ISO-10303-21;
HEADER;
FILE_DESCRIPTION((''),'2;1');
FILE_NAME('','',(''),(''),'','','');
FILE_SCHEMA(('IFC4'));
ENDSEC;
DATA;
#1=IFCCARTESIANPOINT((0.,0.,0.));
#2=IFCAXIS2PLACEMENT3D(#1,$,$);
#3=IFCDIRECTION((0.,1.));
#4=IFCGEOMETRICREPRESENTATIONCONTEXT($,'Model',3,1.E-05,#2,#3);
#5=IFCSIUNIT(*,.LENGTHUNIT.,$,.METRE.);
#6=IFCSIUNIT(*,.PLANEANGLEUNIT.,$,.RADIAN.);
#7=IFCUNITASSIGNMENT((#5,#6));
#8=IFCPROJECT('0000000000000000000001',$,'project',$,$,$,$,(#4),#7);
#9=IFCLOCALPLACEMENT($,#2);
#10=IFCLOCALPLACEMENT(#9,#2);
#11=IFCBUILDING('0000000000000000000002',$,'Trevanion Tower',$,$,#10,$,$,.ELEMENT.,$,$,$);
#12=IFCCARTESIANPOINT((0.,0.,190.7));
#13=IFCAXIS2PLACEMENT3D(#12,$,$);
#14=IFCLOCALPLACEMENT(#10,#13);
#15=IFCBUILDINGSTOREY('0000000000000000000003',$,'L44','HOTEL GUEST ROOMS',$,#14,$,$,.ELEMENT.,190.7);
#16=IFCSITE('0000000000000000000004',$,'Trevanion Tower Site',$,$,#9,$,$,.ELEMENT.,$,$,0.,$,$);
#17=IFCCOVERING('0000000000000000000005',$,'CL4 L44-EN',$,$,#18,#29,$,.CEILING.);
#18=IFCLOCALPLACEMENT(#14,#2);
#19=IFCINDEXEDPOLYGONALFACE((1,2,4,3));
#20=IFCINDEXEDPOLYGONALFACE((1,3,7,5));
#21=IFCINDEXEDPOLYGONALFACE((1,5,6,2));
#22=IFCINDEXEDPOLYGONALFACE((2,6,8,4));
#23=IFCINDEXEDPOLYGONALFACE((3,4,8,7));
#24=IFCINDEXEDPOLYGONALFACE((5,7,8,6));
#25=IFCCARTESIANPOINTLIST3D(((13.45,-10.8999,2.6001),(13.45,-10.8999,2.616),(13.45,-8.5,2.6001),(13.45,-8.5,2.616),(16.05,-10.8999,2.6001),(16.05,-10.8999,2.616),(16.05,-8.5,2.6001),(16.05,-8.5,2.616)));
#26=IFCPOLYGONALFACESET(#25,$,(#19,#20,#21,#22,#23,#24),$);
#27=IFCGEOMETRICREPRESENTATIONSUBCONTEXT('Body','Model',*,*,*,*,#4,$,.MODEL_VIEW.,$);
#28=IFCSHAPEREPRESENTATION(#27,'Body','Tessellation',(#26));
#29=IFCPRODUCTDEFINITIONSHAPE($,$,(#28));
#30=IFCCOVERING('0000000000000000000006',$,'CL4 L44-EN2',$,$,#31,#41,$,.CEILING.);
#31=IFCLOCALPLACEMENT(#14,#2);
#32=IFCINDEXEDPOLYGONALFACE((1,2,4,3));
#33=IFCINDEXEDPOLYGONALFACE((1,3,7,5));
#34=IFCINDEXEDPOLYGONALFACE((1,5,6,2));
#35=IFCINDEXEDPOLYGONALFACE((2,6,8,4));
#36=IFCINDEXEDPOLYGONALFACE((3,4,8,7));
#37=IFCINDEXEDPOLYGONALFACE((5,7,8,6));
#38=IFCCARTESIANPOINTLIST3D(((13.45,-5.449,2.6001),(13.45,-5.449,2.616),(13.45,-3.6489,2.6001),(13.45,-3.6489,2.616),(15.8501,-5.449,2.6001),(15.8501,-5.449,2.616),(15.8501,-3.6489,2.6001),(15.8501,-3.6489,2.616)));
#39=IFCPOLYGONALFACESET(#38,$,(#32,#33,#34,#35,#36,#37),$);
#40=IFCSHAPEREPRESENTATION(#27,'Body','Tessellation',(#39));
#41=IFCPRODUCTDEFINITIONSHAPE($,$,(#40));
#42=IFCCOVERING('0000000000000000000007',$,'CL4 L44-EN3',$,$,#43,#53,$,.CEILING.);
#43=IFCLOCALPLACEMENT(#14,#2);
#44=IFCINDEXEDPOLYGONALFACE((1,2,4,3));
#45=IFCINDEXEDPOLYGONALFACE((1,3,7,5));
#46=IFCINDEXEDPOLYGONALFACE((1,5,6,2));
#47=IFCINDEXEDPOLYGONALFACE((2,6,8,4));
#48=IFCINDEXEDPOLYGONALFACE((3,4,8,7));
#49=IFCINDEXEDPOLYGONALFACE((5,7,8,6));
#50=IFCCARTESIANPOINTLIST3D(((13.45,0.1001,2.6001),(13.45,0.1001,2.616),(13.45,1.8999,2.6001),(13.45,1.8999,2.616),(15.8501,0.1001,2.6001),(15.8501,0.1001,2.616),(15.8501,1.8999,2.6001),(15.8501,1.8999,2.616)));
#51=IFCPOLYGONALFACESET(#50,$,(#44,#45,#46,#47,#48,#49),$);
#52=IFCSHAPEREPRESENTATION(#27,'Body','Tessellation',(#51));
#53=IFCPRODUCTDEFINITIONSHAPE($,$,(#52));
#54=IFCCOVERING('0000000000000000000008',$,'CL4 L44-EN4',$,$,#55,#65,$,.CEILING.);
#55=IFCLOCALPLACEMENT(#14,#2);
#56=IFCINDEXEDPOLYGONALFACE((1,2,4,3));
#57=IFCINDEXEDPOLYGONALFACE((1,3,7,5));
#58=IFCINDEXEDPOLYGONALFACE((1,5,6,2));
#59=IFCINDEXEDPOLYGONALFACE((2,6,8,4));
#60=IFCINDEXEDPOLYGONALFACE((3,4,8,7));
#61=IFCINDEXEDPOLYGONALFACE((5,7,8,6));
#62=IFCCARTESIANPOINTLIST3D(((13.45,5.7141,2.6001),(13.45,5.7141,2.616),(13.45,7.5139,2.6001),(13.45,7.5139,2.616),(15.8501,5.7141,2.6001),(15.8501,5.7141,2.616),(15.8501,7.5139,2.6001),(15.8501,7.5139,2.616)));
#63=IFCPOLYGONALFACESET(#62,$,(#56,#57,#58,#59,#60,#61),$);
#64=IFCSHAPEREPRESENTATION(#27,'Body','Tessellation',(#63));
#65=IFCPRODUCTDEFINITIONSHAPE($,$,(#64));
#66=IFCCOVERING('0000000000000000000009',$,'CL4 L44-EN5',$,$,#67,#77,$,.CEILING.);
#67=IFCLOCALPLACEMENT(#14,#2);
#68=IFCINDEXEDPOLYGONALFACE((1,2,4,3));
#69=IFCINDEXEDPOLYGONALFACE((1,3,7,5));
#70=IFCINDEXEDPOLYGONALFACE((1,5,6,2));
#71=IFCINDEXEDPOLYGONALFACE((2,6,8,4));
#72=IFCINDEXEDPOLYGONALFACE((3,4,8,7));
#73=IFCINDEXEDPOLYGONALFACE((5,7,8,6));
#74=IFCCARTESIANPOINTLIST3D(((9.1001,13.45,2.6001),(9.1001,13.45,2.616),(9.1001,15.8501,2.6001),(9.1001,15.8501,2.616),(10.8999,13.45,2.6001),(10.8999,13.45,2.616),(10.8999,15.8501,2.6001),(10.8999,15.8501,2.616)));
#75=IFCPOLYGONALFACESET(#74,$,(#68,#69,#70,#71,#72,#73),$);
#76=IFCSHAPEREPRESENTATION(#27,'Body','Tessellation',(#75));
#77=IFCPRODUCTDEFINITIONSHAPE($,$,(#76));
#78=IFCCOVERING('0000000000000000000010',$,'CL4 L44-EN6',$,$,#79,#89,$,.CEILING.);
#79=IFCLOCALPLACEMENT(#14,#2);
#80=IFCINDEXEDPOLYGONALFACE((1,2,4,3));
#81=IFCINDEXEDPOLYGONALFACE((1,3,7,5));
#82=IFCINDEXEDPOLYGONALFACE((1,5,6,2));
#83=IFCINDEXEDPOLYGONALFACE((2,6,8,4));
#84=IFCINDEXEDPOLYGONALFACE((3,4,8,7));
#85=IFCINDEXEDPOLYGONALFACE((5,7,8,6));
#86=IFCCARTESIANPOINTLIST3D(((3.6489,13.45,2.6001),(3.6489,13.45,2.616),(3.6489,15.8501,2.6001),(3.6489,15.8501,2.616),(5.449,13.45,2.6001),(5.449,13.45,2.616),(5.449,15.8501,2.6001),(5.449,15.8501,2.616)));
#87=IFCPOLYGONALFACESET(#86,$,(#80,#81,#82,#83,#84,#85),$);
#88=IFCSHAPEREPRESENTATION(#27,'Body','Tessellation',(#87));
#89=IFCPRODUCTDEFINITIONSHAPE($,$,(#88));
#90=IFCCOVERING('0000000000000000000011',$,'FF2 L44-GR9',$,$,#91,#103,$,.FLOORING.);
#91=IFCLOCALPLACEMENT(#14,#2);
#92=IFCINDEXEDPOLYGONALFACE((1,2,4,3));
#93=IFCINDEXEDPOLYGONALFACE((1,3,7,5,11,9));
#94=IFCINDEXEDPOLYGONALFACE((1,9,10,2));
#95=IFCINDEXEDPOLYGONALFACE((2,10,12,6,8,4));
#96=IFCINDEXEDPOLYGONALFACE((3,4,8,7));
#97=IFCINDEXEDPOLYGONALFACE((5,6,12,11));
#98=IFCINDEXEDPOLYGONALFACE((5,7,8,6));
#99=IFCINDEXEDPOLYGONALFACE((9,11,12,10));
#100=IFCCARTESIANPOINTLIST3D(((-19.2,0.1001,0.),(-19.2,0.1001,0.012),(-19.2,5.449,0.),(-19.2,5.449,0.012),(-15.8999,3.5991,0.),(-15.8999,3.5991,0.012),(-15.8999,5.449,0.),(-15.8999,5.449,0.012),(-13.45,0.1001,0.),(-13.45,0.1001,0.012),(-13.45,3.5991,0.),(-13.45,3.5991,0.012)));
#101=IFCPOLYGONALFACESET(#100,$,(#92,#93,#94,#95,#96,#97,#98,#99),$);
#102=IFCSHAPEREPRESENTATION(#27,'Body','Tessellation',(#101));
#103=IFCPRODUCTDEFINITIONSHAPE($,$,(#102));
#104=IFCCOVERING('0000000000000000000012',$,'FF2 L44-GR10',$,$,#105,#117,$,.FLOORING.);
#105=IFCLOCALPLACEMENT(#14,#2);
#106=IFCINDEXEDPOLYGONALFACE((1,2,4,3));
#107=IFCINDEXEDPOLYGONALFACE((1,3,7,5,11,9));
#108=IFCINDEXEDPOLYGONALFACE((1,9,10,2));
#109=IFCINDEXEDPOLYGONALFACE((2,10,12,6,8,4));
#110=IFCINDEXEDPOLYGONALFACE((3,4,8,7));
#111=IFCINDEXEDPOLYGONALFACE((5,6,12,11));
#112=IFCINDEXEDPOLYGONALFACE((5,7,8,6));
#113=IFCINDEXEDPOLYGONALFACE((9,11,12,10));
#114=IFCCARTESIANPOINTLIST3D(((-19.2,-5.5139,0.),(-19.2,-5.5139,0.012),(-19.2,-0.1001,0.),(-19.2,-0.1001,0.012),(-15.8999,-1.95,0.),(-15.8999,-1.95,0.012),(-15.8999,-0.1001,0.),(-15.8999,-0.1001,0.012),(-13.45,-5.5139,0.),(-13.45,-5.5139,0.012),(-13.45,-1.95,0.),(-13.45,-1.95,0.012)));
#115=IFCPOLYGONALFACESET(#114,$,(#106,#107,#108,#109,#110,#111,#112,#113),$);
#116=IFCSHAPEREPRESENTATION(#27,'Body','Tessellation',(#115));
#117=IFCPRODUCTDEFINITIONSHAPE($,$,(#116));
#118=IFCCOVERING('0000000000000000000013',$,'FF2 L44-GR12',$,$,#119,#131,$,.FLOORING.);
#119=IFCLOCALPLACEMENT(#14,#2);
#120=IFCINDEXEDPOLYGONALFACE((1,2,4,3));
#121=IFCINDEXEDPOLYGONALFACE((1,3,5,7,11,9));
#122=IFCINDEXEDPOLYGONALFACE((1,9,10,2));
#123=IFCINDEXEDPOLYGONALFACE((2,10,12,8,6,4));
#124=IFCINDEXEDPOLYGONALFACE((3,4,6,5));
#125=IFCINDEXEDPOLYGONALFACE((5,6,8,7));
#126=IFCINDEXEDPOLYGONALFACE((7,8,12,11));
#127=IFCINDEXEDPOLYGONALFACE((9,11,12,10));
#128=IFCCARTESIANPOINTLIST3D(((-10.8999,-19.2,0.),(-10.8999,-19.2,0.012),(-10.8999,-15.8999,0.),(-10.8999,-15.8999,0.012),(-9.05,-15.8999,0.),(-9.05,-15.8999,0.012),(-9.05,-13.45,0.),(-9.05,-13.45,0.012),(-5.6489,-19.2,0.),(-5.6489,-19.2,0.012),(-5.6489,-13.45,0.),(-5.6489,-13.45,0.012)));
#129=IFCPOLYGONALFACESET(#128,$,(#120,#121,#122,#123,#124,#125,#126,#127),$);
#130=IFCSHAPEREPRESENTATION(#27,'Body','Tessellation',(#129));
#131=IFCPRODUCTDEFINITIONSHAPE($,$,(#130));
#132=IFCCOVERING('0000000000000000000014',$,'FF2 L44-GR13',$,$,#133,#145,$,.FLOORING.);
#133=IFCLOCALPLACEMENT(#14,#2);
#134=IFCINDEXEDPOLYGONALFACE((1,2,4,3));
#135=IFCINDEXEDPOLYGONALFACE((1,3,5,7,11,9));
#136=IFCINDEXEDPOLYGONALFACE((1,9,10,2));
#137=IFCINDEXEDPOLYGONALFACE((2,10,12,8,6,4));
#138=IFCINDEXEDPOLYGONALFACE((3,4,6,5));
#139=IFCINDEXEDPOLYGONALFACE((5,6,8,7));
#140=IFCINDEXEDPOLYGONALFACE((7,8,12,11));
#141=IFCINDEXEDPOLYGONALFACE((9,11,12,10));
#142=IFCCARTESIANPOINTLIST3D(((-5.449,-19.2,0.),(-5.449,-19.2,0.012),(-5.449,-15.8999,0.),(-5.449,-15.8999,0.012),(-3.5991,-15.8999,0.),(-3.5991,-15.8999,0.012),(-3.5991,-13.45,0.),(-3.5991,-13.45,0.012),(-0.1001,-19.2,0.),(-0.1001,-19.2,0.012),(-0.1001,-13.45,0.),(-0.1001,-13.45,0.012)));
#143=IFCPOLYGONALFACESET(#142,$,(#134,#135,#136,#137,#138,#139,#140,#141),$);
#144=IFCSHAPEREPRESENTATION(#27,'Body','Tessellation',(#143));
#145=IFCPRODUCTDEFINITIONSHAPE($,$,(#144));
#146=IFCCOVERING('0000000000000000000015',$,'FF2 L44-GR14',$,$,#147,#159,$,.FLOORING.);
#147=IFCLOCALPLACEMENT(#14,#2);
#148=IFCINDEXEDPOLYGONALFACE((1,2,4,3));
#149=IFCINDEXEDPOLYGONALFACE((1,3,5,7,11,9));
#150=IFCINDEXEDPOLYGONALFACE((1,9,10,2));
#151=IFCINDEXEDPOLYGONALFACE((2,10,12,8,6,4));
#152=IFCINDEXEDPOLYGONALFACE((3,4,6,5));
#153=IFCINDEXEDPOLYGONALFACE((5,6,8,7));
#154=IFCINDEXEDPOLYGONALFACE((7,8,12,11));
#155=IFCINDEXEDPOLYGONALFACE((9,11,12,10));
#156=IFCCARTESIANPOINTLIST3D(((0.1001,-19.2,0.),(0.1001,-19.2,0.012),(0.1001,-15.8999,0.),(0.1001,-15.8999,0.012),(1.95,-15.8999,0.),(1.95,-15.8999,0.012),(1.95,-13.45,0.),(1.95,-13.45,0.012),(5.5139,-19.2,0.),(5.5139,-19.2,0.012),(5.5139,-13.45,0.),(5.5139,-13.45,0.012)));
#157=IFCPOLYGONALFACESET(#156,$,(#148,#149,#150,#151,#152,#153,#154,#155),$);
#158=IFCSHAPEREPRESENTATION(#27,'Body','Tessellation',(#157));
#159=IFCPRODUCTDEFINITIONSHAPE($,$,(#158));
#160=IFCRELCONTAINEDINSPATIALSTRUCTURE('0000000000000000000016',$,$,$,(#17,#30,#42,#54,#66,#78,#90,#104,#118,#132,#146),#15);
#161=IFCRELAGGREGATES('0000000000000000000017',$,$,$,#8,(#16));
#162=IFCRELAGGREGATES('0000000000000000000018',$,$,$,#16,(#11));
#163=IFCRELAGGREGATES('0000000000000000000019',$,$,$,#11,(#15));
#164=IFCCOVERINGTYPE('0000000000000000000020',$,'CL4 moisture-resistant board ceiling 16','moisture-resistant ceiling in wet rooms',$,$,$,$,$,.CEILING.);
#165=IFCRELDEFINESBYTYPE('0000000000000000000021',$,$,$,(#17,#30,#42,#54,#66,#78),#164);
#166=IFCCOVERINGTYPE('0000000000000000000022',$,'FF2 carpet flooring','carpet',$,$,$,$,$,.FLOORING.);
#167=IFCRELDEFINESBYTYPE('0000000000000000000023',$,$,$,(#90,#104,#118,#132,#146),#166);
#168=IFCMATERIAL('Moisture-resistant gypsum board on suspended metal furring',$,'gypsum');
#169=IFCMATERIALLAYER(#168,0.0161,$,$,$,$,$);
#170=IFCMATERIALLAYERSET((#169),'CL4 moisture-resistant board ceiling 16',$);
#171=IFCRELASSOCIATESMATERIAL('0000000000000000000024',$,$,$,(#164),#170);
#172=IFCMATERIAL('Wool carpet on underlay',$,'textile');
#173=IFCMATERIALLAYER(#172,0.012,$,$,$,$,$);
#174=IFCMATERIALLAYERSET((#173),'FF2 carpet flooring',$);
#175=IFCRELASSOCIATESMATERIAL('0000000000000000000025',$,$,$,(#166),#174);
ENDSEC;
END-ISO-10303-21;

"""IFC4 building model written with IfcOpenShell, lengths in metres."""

from ifc_helpers import new_model, si_unit, direction, frame, origin, place, context, subcontext, project, spatial, polyline, outline, extrude, material, layer, layer_set, type_object, element, save


model = new_model("IFC4")

# Units and contexts
model_context = context("Model", 3, precision=1e-05, world=origin(), true_north=direction((0.0, 1.0)))
body_context = subcontext(model_context, "Body", "Model", "MODEL_VIEW")
ifc_project = project(units=[si_unit("LENGTHUNIT", "METRE"), si_unit("PLANEANGLEUNIT", "RADIAN")], contexts=[model_context])

# Site, building, storey
site_placement = place(None, origin())
site = spatial("IfcSite", under=ifc_project, at=site_placement, Name="Trevanion Tower Site", CompositionType="ELEMENT", RefElevation=0.0)
building_placement = place(site_placement, origin())
building = spatial("IfcBuilding", under=site, at=building_placement, Name="Trevanion Tower", CompositionType="ELEMENT")
storey_placement = place(building_placement, frame((0.0, 0.0, 190.7)))
storey = spatial("IfcBuildingStorey", under=building, at=storey_placement, Name="L44", Description="HOTEL GUEST ROOMS", CompositionType="ELEMENT", Elevation=190.7)

# Coverings
ifc_material_1 = material(Name="Moisture-resistant gypsum board on suspended metal furring", Category="gypsum")
ifc_layer_1 = layer(ifc_material_1, 0.0161)
ifc_layer_set_1 = layer_set([ifc_layer_1], Name="CL4 moisture-resistant board ceiling 16")
covering_type_1 = type_object("IfcCoveringType", Name="CL4 moisture-resistant board ceiling 16", Description="moisture-resistant ceiling in wet rooms", PredefinedType="CEILING", material=ifc_layer_set_1)
covering_1_placement = place(storey_placement, frame((0.0, 0.0, 2.6001)))
element("IfcCovering", 1, at=covering_1_placement, inside=storey, type_object=covering_type_1, Name="CL4 L44-EN", PredefinedType="CEILING", context=body_context, shape_type="SweptSolid", body=[
    extrude(outline(polyline([(16.05, -10.8999), (16.05, -8.5), (13.45, -8.5), (13.45, -10.8999), (16.05, -10.8999)])), origin(), (0.0, 0.0, 1.0), 0.0159),
])
covering_2_placement = place(storey_placement, frame((0.0, 0.0, 2.6001)))
element("IfcCovering", 2, at=covering_2_placement, inside=storey, type_object=covering_type_1, Name="CL4 L44-EN2", PredefinedType="CEILING", context=body_context, shape_type="SweptSolid", body=[
    extrude(outline(polyline([(15.8501, -5.449), (15.8501, -3.6489), (13.45, -3.6489), (13.45, -5.449), (15.8501, -5.449)])), origin(), (0.0, 0.0, 1.0), 0.0159),
])
covering_3_placement = place(storey_placement, frame((0.0, 0.0, 2.6001)))
element("IfcCovering", 3, at=covering_3_placement, inside=storey, type_object=covering_type_1, Name="CL4 L44-EN3", PredefinedType="CEILING", context=body_context, shape_type="SweptSolid", body=[
    extrude(outline(polyline([(15.8501, 0.1001), (15.8501, 1.8999), (13.45, 1.8999), (13.45, 0.1001), (15.8501, 0.1001)])), origin(), (0.0, 0.0, 1.0), 0.0159),
])
covering_4_placement = place(storey_placement, frame((0.0, 0.0, 2.6001)))
element("IfcCovering", 4, at=covering_4_placement, inside=storey, type_object=covering_type_1, Name="CL4 L44-EN4", PredefinedType="CEILING", context=body_context, shape_type="SweptSolid", body=[
    extrude(outline(polyline([(15.8501, 5.7141), (15.8501, 7.5139), (13.45, 7.5139), (13.45, 5.7141), (15.8501, 5.7141)])), origin(), (0.0, 0.0, 1.0), 0.0159),
])
covering_5_placement = place(storey_placement, frame((0.0, 0.0, 2.6001)))
element("IfcCovering", 5, at=covering_5_placement, inside=storey, type_object=covering_type_1, Name="CL4 L44-EN5", PredefinedType="CEILING", context=body_context, shape_type="SweptSolid", body=[
    extrude(outline(polyline([(10.8999, 15.8501), (9.1001, 15.8501), (9.1001, 13.45), (10.8999, 13.45), (10.8999, 15.8501)])), origin(), (0.0, 0.0, 1.0), 0.0159),
])
covering_6_placement = place(storey_placement, frame((0.0, 0.0, 2.6001)))
element("IfcCovering", 6, at=covering_6_placement, inside=storey, type_object=covering_type_1, Name="CL4 L44-EN6", PredefinedType="CEILING", context=body_context, shape_type="SweptSolid", body=[
    extrude(outline(polyline([(5.449, 15.8501), (3.6489, 15.8501), (3.6489, 13.45), (5.449, 13.45), (5.449, 15.8501)])), origin(), (0.0, 0.0, 1.0), 0.0159),
])
ifc_material_2 = material(Name="Wool carpet on underlay", Category="textile")
ifc_layer_2 = layer(ifc_material_2, 0.012)
ifc_layer_set_2 = layer_set([ifc_layer_2], Name="FF2 carpet flooring")
covering_type_2 = type_object("IfcCoveringType", Name="FF2 carpet flooring", Description="carpet", PredefinedType="FLOORING", material=ifc_layer_set_2)
covering_7_placement = place(storey_placement, origin())
element("IfcCovering", 7, at=covering_7_placement, inside=storey, type_object=covering_type_2, Name="FF2 L44-GR9", PredefinedType="FLOORING", context=body_context, shape_type="SweptSolid", body=[
    extrude(outline(polyline([(-13.45, 0.1001), (-19.2, 0.1001), (-19.2, 5.449), (-15.8999, 5.449), (-15.8999, 3.5991), (-13.45, 3.5991), (-13.45, 0.1001)])), origin(), (0.0, 0.0, 1.0), 0.012),
])
covering_8_placement = place(storey_placement, origin())
element("IfcCovering", 8, at=covering_8_placement, inside=storey, type_object=covering_type_2, Name="FF2 L44-GR10", PredefinedType="FLOORING", context=body_context, shape_type="SweptSolid", body=[
    extrude(outline(polyline([(-13.45, -5.5139), (-19.2, -5.5139), (-19.2, -0.1001), (-15.8999, -0.1001), (-15.8999, -1.95), (-13.45, -1.95), (-13.45, -5.5139)])), origin(), (0.0, 0.0, 1.0), 0.012),
])
covering_9_placement = place(storey_placement, origin())
element("IfcCovering", 9, at=covering_9_placement, inside=storey, type_object=covering_type_2, Name="FF2 L44-GR12", PredefinedType="FLOORING", context=body_context, shape_type="SweptSolid", body=[
    extrude(outline(polyline([(-5.6489, -13.45), (-5.6489, -19.2), (-10.8999, -19.2), (-10.8999, -15.8999), (-9.05, -15.8999), (-9.05, -13.45), (-5.6489, -13.45)])), origin(), (0.0, 0.0, 1.0), 0.012),
])
covering_10_placement = place(storey_placement, origin())
element("IfcCovering", 10, at=covering_10_placement, inside=storey, type_object=covering_type_2, Name="FF2 L44-GR13", PredefinedType="FLOORING", context=body_context, shape_type="SweptSolid", body=[
    extrude(outline(polyline([(-0.1001, -13.45), (-0.1001, -19.2), (-5.449, -19.2), (-5.449, -15.8999), (-3.5991, -15.8999), (-3.5991, -13.45), (-0.1001, -13.45)])), origin(), (0.0, 0.0, 1.0), 0.012),
])
covering_11_placement = place(storey_placement, origin())
element("IfcCovering", 11, at=covering_11_placement, inside=storey, type_object=covering_type_2, Name="FF2 L44-GR14", PredefinedType="FLOORING", context=body_context, shape_type="SweptSolid", body=[
    extrude(outline(polyline([(5.5139, -13.45), (5.5139, -19.2), (0.1001, -19.2), (0.1001, -15.8999), (1.95, -15.8999), (1.95, -13.45), (5.5139, -13.45)])), origin(), (0.0, 0.0, 1.0), 0.012),
])

save(model, "model.ifc")
